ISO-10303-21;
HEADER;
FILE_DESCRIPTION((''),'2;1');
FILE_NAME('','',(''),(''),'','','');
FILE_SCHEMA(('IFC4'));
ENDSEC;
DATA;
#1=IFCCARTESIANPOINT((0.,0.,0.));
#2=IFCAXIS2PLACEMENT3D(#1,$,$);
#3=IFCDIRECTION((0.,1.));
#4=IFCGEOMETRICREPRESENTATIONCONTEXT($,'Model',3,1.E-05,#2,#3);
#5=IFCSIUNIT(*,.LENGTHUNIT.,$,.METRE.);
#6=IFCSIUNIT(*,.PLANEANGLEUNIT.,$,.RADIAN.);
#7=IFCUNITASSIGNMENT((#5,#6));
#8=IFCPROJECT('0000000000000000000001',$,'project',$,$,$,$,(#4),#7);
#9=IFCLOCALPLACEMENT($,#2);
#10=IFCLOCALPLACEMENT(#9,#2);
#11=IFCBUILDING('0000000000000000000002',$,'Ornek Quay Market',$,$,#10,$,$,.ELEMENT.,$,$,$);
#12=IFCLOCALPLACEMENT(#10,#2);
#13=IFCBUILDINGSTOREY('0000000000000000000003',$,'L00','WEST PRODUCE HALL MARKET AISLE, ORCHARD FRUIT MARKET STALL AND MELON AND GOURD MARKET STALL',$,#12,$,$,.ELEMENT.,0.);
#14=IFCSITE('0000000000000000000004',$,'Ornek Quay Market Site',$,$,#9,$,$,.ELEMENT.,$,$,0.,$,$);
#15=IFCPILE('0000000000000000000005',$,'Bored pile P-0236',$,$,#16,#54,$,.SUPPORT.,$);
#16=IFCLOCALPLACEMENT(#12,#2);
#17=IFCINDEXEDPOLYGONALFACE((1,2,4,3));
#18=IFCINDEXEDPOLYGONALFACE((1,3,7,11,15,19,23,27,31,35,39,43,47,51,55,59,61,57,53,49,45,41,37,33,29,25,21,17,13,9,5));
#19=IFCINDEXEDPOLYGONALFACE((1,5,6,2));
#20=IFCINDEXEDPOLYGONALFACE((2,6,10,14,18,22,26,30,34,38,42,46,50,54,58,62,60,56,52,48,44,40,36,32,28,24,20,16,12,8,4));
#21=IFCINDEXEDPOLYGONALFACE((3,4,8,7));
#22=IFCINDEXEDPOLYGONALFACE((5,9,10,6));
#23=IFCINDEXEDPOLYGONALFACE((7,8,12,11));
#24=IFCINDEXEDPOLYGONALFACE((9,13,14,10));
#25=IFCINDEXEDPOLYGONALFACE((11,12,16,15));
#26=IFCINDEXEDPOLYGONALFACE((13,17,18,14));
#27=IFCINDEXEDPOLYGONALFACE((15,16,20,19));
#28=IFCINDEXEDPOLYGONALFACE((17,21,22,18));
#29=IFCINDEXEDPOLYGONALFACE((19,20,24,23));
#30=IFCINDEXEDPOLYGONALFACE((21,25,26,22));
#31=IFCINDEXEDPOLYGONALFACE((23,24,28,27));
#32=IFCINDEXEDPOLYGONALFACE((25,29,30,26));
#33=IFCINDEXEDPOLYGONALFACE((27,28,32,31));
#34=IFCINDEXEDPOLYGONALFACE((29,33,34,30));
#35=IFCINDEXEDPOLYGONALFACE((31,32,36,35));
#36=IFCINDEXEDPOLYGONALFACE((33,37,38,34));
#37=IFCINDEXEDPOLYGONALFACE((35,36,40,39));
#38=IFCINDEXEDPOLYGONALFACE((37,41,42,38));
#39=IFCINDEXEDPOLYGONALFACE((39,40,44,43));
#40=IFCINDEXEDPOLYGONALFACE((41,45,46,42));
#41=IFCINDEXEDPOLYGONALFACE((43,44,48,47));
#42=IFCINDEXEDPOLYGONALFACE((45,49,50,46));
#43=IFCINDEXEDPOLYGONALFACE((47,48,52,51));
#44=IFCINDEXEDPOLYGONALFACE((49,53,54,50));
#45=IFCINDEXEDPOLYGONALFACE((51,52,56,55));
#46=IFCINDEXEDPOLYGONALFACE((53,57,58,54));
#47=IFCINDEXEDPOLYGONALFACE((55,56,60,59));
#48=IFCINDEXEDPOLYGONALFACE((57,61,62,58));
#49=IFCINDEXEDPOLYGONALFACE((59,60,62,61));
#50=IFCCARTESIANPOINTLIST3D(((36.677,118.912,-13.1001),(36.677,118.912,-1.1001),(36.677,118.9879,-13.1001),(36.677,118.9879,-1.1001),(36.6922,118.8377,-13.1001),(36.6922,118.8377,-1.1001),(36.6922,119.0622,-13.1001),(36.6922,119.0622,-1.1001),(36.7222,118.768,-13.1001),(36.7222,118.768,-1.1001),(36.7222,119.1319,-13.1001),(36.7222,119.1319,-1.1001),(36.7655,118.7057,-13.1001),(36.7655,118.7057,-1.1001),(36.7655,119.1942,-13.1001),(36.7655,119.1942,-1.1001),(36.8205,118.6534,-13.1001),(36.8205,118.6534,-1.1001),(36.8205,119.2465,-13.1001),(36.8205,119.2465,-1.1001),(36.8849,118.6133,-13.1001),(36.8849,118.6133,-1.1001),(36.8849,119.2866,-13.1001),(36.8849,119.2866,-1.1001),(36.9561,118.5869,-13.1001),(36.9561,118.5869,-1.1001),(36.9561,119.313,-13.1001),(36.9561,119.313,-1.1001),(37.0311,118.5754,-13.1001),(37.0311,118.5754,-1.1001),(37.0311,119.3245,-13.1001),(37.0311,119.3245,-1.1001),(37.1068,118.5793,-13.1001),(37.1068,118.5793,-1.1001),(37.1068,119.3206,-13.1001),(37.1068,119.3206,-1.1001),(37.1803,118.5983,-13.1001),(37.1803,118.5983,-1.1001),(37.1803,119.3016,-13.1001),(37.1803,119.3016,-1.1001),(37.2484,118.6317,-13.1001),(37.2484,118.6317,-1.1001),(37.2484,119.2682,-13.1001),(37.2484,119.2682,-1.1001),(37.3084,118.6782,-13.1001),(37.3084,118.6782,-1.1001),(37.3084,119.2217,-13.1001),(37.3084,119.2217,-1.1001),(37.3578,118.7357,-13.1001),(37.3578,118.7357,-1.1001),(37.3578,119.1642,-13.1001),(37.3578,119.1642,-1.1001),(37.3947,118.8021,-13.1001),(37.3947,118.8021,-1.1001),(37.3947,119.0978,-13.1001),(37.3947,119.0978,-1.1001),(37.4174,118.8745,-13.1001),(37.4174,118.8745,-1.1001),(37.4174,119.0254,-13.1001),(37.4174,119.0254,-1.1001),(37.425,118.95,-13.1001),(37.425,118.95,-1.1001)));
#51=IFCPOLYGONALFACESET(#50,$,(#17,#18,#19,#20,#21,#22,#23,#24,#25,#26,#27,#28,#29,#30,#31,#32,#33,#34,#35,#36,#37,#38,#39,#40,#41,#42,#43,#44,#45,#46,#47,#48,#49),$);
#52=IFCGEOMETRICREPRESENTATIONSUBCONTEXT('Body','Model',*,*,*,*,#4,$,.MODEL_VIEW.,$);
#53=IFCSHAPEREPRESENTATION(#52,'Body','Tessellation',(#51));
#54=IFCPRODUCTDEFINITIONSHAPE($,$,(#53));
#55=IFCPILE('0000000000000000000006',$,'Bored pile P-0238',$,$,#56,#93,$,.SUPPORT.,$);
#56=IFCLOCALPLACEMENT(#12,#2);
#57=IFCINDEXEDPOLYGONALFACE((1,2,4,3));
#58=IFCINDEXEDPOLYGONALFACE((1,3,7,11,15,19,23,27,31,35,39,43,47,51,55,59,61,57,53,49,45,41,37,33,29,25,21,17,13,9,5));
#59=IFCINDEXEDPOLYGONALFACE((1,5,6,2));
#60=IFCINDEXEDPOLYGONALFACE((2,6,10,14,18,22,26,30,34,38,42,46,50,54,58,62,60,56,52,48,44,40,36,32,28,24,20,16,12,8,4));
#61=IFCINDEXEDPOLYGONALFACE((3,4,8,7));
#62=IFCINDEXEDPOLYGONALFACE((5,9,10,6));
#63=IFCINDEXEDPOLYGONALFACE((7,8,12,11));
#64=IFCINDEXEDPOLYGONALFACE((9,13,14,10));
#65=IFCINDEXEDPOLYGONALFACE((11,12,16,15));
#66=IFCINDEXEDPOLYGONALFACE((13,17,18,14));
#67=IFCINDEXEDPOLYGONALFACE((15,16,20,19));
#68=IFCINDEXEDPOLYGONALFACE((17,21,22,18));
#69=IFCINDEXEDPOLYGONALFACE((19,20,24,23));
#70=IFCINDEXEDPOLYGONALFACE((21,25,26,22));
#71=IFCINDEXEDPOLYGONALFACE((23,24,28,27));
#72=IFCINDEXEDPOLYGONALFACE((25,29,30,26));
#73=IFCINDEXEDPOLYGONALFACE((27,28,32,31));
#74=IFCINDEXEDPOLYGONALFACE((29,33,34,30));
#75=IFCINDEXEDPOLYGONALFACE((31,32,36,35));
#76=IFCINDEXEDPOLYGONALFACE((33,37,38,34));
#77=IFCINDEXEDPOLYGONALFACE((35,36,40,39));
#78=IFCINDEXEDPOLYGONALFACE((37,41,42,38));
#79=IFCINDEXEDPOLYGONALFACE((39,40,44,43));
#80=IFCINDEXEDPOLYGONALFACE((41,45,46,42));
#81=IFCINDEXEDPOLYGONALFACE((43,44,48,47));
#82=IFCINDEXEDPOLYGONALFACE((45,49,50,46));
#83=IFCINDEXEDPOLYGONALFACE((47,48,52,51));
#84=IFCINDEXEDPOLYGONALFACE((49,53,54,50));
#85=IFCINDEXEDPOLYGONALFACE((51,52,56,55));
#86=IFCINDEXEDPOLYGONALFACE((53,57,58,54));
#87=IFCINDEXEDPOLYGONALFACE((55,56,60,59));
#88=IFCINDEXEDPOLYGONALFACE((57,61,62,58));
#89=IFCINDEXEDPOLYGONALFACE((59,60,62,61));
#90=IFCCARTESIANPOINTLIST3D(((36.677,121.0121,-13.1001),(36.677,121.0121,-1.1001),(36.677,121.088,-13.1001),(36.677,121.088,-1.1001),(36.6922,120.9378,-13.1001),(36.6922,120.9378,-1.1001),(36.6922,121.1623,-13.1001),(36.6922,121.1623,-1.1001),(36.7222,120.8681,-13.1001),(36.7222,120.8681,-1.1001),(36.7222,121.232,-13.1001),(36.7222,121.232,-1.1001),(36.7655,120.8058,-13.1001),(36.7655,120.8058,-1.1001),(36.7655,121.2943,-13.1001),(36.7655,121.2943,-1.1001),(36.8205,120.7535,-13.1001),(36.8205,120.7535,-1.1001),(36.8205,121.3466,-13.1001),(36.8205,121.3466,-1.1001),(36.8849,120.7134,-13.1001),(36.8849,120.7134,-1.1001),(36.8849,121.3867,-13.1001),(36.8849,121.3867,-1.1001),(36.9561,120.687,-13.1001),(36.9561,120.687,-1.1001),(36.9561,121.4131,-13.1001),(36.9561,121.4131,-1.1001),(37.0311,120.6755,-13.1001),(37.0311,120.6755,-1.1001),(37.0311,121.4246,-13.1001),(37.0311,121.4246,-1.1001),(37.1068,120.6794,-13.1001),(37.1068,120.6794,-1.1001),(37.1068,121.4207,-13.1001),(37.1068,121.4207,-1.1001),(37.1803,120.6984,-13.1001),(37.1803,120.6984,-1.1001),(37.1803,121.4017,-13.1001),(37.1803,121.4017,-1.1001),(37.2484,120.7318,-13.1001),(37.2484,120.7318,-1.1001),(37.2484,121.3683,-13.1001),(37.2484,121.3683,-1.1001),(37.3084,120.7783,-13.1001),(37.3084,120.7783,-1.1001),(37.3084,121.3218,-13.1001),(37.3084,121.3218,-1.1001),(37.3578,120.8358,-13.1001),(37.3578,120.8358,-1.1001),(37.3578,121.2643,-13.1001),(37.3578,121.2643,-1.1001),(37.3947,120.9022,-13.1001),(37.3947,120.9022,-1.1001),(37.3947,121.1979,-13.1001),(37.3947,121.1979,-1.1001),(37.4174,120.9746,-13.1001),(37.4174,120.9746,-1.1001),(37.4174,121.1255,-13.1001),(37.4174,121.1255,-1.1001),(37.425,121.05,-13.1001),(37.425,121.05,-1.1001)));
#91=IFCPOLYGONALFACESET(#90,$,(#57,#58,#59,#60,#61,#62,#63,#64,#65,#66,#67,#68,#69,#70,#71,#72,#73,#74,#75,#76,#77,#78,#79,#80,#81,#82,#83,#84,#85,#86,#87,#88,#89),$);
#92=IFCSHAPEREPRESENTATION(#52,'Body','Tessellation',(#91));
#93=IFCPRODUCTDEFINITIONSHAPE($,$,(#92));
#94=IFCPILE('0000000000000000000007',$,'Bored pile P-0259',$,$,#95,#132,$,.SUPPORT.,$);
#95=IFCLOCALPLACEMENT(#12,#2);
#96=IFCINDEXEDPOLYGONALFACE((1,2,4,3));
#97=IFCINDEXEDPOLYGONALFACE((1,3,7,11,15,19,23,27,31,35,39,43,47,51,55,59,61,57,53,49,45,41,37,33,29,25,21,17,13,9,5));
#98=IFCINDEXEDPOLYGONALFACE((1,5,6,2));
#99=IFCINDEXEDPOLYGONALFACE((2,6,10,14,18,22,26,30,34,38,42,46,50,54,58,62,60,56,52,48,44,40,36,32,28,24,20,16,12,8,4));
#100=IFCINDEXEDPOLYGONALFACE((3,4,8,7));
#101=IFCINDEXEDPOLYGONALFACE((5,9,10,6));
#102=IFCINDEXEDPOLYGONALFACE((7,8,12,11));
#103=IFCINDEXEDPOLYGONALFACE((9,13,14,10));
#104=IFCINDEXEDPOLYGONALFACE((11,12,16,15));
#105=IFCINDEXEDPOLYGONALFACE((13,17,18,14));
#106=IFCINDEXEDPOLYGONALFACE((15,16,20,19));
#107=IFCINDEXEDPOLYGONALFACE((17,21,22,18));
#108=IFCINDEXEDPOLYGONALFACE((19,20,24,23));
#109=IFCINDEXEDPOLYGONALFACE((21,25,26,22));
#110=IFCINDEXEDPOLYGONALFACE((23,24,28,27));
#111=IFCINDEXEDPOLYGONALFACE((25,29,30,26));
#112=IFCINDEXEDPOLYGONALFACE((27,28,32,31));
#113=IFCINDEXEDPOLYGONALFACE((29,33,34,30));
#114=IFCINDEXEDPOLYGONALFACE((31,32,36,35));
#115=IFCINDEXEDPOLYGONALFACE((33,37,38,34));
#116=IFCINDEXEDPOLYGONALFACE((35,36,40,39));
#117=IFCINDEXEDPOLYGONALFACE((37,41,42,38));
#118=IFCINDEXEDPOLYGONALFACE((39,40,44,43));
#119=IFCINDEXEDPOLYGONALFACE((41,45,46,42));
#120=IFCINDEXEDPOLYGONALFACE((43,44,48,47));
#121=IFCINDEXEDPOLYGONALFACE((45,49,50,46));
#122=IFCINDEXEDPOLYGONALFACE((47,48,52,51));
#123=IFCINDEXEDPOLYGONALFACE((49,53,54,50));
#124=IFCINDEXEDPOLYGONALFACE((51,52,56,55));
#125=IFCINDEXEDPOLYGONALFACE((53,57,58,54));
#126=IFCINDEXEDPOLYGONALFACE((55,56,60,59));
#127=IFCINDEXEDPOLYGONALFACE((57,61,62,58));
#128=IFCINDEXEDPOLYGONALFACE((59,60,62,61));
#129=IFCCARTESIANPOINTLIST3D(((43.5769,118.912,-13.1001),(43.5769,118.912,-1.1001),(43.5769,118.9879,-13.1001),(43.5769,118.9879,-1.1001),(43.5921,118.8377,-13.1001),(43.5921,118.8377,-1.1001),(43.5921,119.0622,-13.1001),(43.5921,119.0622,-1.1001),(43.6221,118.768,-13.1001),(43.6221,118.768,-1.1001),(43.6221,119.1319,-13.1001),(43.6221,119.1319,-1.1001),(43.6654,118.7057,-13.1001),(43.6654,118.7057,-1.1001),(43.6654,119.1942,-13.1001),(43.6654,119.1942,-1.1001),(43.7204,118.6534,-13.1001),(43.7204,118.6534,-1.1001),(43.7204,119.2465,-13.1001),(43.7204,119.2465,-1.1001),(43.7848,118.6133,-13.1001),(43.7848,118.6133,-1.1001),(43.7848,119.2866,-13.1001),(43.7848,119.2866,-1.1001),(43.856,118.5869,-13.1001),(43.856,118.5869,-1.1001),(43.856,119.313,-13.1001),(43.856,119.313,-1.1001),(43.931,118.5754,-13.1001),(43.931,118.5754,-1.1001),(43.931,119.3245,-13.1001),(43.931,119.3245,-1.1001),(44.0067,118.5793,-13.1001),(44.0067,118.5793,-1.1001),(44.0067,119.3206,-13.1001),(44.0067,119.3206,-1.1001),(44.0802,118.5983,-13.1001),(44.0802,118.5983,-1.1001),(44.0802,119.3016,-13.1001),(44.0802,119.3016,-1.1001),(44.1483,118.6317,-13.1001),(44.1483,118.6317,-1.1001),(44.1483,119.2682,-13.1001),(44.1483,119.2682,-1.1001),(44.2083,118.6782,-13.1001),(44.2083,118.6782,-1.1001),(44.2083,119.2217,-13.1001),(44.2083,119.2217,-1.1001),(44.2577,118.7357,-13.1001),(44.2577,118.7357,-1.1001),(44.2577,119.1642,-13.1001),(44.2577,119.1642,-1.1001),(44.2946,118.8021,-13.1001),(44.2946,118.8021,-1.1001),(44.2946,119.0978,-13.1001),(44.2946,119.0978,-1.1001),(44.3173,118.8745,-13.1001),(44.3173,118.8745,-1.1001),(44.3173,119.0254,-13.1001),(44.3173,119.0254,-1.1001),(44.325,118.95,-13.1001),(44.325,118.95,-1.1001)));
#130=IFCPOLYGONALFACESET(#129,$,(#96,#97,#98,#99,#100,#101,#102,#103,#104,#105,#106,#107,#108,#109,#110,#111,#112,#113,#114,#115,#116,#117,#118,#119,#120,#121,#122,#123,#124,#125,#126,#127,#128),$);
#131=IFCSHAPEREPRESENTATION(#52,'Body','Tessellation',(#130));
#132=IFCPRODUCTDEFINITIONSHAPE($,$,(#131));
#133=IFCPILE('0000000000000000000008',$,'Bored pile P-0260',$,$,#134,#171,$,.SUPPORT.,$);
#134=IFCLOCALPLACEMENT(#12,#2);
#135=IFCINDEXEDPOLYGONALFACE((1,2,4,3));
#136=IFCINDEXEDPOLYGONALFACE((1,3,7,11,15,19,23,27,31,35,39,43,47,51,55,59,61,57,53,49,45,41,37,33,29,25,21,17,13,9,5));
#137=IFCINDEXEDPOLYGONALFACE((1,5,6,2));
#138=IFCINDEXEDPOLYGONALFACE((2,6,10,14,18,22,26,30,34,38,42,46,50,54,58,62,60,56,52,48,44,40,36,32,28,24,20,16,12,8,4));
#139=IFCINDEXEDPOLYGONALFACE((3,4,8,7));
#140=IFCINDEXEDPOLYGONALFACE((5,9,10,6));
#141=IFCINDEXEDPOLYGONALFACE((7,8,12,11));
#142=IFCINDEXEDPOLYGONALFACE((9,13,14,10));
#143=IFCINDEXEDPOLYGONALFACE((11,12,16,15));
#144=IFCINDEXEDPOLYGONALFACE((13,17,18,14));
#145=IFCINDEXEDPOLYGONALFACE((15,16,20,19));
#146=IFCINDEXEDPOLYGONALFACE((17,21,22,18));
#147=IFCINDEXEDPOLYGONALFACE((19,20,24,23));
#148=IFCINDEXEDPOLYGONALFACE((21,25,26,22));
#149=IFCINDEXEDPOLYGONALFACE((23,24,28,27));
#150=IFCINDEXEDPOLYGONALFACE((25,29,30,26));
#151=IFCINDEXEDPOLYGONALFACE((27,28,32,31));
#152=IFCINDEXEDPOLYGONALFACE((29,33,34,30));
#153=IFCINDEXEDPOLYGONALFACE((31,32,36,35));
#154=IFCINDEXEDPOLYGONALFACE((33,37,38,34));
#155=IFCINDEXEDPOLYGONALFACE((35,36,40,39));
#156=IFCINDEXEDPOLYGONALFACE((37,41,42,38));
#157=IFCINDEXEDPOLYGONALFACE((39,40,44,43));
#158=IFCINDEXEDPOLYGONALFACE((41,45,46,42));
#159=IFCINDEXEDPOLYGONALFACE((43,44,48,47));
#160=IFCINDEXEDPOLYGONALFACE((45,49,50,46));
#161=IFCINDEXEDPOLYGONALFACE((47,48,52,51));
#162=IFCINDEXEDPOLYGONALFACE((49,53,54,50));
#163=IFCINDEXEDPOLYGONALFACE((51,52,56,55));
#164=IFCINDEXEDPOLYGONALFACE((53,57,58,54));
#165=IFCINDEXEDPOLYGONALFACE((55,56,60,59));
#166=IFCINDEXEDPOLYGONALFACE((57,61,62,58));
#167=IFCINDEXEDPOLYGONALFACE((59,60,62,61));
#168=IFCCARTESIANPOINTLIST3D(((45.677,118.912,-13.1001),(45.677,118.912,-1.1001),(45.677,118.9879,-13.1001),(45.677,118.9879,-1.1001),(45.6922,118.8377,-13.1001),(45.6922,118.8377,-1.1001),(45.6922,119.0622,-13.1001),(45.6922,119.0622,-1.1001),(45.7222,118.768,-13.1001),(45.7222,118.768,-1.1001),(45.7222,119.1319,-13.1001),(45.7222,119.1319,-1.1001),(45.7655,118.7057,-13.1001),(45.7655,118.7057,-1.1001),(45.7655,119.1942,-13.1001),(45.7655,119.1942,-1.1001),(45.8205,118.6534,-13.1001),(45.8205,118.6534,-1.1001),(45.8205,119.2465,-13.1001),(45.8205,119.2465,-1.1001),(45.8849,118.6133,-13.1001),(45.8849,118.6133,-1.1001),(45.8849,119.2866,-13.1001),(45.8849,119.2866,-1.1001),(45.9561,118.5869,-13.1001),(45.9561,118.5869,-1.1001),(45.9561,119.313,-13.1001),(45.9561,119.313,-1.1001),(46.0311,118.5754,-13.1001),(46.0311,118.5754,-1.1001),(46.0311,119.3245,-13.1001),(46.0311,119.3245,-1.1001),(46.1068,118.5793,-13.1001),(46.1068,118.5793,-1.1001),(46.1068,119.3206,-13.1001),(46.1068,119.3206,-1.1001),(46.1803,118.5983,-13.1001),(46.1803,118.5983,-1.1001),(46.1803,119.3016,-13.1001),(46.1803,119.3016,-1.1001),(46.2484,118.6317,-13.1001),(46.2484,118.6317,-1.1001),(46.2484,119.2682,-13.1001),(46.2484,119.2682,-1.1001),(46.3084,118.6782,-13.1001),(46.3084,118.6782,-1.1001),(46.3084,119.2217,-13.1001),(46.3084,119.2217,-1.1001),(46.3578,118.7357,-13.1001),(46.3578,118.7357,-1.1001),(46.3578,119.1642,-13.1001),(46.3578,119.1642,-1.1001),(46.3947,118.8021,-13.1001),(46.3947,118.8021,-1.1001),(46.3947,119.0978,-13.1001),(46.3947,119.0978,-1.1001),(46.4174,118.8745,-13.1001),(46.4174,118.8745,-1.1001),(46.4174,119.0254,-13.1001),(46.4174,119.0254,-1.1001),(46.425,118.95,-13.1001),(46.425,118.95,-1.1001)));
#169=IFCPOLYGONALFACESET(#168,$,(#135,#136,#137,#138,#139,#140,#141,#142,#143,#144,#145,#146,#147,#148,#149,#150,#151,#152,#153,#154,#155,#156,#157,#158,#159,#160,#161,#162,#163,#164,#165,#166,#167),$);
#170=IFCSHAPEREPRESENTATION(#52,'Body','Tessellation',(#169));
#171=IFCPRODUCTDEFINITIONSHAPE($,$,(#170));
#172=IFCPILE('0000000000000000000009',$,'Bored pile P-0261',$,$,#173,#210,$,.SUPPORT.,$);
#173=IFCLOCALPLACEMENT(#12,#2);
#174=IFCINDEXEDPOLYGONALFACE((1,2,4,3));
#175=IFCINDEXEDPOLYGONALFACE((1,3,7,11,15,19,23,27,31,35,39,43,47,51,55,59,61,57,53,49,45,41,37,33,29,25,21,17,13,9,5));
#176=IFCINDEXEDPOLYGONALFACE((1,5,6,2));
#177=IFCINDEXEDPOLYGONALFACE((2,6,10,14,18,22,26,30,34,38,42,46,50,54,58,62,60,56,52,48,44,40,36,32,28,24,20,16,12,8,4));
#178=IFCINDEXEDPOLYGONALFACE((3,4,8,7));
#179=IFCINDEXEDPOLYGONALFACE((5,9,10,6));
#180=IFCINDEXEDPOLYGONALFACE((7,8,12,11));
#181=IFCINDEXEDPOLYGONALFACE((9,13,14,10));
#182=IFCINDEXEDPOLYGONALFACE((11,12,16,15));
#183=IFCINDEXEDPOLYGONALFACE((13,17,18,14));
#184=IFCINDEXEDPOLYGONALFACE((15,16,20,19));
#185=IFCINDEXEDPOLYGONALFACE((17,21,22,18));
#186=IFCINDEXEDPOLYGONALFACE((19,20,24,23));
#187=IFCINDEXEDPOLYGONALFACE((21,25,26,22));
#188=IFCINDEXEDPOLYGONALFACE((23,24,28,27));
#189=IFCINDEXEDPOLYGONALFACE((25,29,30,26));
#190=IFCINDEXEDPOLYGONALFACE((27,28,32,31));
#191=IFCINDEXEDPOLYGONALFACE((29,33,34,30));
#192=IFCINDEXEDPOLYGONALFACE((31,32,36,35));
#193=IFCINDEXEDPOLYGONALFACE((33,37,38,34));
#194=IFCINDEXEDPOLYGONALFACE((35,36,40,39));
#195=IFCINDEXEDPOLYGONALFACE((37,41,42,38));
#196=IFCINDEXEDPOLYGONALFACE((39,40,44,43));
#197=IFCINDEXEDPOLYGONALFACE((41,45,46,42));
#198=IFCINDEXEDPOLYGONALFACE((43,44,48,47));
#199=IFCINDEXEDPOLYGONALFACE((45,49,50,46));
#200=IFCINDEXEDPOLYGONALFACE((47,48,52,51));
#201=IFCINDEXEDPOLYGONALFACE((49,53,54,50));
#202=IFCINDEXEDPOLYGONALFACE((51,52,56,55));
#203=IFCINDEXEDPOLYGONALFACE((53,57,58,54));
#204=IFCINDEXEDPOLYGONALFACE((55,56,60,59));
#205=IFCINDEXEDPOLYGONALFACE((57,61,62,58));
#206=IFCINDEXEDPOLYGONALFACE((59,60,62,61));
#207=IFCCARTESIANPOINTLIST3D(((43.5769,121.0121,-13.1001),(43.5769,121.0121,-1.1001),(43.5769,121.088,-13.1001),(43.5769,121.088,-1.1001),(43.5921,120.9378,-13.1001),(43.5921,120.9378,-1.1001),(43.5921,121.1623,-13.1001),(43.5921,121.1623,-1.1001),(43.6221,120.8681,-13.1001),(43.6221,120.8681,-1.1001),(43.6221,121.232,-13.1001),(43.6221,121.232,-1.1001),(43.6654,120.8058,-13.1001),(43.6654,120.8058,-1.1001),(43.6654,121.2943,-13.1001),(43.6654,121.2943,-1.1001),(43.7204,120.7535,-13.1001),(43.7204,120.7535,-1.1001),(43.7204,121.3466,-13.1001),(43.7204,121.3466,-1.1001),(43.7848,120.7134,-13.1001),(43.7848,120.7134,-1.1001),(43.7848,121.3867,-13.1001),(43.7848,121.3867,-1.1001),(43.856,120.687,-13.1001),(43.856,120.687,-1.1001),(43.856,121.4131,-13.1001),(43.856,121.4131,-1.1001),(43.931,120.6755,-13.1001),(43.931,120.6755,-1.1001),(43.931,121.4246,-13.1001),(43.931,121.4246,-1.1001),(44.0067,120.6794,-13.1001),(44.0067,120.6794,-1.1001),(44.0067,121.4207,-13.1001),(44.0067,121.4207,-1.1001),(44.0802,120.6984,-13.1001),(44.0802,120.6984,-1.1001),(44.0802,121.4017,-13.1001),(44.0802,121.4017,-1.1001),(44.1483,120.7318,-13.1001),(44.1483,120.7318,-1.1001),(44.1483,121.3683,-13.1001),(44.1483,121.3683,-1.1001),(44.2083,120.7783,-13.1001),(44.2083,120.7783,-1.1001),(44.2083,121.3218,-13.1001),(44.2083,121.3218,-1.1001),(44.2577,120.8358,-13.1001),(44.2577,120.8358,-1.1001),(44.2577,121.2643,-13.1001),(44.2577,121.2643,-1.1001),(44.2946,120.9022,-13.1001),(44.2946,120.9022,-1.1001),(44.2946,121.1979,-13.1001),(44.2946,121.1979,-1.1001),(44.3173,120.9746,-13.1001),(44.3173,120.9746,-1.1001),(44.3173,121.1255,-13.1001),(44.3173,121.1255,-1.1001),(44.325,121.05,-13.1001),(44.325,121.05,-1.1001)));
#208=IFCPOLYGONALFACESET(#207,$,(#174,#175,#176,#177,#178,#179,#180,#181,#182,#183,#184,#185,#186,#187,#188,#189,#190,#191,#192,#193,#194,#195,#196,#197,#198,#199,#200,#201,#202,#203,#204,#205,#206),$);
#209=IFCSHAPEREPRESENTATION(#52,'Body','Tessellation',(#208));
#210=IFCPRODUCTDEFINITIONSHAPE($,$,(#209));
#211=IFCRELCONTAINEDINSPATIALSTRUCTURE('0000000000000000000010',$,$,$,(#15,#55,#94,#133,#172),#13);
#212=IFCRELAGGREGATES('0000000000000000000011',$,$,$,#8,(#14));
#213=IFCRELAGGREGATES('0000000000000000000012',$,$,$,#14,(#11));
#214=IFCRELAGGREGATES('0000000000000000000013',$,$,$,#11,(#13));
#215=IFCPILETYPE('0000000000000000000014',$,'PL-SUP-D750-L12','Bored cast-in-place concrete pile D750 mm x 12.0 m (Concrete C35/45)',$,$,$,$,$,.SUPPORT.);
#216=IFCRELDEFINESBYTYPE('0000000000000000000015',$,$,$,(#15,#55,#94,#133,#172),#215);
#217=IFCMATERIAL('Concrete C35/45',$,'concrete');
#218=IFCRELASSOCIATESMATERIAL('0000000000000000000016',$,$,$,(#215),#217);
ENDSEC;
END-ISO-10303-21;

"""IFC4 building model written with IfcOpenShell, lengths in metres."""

from ifc_helpers import new_model, si_unit, direction, frame, origin, origin_2d, place, context, subcontext, project, spatial, circle, extrude, material, material_profile, profile_set, type_object, element, save


model = new_model("IFC4")

# Units and contexts
model_context = context("Model", 3, precision=1e-05, world=origin(), true_north=direction((0.0, 1.0)))
body_context = subcontext(model_context, "Body", "Model", "MODEL_VIEW")
ifc_project = project(units=[si_unit("LENGTHUNIT", "METRE"), si_unit("PLANEANGLEUNIT", "RADIAN")], contexts=[model_context])

# Site, building, storey
site_placement = place(None, origin())
site = spatial("IfcSite", under=ifc_project, at=site_placement, Name="Ornek Quay Market Site", CompositionType="ELEMENT", RefElevation=0.0)
building_placement = place(site_placement, origin())
building = spatial("IfcBuilding", under=site, at=building_placement, Name="Ornek Quay Market", CompositionType="ELEMENT")
storey_placement = place(building_placement, origin())
storey = spatial("IfcBuildingStorey", under=building, at=storey_placement, Name="L00", Description="WEST PRODUCE HALL MARKET AISLE, ORCHARD FRUIT MARKET STALL AND MELON AND GOURD MARKET STALL", CompositionType="ELEMENT", Elevation=0.0)

# Piles
ifc_material_1 = material(Name="Concrete C35/45", Category="concrete")
ifc_material_profile_1 = material_profile(ifc_material_1, circle(Radius=0.375, at=origin_2d()), Name="PILE D750", Category="concrete")
ifc_profile_set_1 = profile_set([ifc_material_profile_1], Name="Concrete C35/45")
pile_type = type_object("IfcPileType", Name="PL-SUP-D750-L12", Description="Bored cast-in-place concrete pile D750 mm x 12.0 m (Concrete C35/45)", PredefinedType="SUPPORT", material=ifc_profile_set_1)
for number, where, z_axis, x_axis, name in (
    (1, (37.05, 118.95, -1.1001), (0.0, 0.0, -1.0), (1.0, 0.0, 0.0), "Bored pile P-0236"),
    (2, (37.05, 121.05, -1.1001), (0.0, 0.0, -1.0), (1.0, 0.0, 0.0), "Bored pile P-0238"),
    (3, (43.95, 118.95, -1.1001), (0.0, 0.0, -1.0), (1.0, 0.0, 0.0), "Bored pile P-0259"),
    (4, (46.05, 118.95, -1.1001), (0.0, 0.0, -1.0), (1.0, 0.0, 0.0), "Bored pile P-0260"),
    (5, (43.95, 121.05, -1.1001), (0.0, 0.0, -1.0), (1.0, 0.0, 0.0), "Bored pile P-0261"),
):
    element("IfcPile", number, at=place(storey_placement, frame(where, z_axis=z_axis, x_axis=x_axis)), inside=storey, type_object=pile_type, Name=name, PredefinedType="SUPPORT", context=body_context, shape_type="SweptSolid", body=[
        extrude(circle(Radius=0.375, at=origin_2d()), origin(), (0.0, 0.0, 1.0), 12.0),
    ])

save(model, "model.ifc")
